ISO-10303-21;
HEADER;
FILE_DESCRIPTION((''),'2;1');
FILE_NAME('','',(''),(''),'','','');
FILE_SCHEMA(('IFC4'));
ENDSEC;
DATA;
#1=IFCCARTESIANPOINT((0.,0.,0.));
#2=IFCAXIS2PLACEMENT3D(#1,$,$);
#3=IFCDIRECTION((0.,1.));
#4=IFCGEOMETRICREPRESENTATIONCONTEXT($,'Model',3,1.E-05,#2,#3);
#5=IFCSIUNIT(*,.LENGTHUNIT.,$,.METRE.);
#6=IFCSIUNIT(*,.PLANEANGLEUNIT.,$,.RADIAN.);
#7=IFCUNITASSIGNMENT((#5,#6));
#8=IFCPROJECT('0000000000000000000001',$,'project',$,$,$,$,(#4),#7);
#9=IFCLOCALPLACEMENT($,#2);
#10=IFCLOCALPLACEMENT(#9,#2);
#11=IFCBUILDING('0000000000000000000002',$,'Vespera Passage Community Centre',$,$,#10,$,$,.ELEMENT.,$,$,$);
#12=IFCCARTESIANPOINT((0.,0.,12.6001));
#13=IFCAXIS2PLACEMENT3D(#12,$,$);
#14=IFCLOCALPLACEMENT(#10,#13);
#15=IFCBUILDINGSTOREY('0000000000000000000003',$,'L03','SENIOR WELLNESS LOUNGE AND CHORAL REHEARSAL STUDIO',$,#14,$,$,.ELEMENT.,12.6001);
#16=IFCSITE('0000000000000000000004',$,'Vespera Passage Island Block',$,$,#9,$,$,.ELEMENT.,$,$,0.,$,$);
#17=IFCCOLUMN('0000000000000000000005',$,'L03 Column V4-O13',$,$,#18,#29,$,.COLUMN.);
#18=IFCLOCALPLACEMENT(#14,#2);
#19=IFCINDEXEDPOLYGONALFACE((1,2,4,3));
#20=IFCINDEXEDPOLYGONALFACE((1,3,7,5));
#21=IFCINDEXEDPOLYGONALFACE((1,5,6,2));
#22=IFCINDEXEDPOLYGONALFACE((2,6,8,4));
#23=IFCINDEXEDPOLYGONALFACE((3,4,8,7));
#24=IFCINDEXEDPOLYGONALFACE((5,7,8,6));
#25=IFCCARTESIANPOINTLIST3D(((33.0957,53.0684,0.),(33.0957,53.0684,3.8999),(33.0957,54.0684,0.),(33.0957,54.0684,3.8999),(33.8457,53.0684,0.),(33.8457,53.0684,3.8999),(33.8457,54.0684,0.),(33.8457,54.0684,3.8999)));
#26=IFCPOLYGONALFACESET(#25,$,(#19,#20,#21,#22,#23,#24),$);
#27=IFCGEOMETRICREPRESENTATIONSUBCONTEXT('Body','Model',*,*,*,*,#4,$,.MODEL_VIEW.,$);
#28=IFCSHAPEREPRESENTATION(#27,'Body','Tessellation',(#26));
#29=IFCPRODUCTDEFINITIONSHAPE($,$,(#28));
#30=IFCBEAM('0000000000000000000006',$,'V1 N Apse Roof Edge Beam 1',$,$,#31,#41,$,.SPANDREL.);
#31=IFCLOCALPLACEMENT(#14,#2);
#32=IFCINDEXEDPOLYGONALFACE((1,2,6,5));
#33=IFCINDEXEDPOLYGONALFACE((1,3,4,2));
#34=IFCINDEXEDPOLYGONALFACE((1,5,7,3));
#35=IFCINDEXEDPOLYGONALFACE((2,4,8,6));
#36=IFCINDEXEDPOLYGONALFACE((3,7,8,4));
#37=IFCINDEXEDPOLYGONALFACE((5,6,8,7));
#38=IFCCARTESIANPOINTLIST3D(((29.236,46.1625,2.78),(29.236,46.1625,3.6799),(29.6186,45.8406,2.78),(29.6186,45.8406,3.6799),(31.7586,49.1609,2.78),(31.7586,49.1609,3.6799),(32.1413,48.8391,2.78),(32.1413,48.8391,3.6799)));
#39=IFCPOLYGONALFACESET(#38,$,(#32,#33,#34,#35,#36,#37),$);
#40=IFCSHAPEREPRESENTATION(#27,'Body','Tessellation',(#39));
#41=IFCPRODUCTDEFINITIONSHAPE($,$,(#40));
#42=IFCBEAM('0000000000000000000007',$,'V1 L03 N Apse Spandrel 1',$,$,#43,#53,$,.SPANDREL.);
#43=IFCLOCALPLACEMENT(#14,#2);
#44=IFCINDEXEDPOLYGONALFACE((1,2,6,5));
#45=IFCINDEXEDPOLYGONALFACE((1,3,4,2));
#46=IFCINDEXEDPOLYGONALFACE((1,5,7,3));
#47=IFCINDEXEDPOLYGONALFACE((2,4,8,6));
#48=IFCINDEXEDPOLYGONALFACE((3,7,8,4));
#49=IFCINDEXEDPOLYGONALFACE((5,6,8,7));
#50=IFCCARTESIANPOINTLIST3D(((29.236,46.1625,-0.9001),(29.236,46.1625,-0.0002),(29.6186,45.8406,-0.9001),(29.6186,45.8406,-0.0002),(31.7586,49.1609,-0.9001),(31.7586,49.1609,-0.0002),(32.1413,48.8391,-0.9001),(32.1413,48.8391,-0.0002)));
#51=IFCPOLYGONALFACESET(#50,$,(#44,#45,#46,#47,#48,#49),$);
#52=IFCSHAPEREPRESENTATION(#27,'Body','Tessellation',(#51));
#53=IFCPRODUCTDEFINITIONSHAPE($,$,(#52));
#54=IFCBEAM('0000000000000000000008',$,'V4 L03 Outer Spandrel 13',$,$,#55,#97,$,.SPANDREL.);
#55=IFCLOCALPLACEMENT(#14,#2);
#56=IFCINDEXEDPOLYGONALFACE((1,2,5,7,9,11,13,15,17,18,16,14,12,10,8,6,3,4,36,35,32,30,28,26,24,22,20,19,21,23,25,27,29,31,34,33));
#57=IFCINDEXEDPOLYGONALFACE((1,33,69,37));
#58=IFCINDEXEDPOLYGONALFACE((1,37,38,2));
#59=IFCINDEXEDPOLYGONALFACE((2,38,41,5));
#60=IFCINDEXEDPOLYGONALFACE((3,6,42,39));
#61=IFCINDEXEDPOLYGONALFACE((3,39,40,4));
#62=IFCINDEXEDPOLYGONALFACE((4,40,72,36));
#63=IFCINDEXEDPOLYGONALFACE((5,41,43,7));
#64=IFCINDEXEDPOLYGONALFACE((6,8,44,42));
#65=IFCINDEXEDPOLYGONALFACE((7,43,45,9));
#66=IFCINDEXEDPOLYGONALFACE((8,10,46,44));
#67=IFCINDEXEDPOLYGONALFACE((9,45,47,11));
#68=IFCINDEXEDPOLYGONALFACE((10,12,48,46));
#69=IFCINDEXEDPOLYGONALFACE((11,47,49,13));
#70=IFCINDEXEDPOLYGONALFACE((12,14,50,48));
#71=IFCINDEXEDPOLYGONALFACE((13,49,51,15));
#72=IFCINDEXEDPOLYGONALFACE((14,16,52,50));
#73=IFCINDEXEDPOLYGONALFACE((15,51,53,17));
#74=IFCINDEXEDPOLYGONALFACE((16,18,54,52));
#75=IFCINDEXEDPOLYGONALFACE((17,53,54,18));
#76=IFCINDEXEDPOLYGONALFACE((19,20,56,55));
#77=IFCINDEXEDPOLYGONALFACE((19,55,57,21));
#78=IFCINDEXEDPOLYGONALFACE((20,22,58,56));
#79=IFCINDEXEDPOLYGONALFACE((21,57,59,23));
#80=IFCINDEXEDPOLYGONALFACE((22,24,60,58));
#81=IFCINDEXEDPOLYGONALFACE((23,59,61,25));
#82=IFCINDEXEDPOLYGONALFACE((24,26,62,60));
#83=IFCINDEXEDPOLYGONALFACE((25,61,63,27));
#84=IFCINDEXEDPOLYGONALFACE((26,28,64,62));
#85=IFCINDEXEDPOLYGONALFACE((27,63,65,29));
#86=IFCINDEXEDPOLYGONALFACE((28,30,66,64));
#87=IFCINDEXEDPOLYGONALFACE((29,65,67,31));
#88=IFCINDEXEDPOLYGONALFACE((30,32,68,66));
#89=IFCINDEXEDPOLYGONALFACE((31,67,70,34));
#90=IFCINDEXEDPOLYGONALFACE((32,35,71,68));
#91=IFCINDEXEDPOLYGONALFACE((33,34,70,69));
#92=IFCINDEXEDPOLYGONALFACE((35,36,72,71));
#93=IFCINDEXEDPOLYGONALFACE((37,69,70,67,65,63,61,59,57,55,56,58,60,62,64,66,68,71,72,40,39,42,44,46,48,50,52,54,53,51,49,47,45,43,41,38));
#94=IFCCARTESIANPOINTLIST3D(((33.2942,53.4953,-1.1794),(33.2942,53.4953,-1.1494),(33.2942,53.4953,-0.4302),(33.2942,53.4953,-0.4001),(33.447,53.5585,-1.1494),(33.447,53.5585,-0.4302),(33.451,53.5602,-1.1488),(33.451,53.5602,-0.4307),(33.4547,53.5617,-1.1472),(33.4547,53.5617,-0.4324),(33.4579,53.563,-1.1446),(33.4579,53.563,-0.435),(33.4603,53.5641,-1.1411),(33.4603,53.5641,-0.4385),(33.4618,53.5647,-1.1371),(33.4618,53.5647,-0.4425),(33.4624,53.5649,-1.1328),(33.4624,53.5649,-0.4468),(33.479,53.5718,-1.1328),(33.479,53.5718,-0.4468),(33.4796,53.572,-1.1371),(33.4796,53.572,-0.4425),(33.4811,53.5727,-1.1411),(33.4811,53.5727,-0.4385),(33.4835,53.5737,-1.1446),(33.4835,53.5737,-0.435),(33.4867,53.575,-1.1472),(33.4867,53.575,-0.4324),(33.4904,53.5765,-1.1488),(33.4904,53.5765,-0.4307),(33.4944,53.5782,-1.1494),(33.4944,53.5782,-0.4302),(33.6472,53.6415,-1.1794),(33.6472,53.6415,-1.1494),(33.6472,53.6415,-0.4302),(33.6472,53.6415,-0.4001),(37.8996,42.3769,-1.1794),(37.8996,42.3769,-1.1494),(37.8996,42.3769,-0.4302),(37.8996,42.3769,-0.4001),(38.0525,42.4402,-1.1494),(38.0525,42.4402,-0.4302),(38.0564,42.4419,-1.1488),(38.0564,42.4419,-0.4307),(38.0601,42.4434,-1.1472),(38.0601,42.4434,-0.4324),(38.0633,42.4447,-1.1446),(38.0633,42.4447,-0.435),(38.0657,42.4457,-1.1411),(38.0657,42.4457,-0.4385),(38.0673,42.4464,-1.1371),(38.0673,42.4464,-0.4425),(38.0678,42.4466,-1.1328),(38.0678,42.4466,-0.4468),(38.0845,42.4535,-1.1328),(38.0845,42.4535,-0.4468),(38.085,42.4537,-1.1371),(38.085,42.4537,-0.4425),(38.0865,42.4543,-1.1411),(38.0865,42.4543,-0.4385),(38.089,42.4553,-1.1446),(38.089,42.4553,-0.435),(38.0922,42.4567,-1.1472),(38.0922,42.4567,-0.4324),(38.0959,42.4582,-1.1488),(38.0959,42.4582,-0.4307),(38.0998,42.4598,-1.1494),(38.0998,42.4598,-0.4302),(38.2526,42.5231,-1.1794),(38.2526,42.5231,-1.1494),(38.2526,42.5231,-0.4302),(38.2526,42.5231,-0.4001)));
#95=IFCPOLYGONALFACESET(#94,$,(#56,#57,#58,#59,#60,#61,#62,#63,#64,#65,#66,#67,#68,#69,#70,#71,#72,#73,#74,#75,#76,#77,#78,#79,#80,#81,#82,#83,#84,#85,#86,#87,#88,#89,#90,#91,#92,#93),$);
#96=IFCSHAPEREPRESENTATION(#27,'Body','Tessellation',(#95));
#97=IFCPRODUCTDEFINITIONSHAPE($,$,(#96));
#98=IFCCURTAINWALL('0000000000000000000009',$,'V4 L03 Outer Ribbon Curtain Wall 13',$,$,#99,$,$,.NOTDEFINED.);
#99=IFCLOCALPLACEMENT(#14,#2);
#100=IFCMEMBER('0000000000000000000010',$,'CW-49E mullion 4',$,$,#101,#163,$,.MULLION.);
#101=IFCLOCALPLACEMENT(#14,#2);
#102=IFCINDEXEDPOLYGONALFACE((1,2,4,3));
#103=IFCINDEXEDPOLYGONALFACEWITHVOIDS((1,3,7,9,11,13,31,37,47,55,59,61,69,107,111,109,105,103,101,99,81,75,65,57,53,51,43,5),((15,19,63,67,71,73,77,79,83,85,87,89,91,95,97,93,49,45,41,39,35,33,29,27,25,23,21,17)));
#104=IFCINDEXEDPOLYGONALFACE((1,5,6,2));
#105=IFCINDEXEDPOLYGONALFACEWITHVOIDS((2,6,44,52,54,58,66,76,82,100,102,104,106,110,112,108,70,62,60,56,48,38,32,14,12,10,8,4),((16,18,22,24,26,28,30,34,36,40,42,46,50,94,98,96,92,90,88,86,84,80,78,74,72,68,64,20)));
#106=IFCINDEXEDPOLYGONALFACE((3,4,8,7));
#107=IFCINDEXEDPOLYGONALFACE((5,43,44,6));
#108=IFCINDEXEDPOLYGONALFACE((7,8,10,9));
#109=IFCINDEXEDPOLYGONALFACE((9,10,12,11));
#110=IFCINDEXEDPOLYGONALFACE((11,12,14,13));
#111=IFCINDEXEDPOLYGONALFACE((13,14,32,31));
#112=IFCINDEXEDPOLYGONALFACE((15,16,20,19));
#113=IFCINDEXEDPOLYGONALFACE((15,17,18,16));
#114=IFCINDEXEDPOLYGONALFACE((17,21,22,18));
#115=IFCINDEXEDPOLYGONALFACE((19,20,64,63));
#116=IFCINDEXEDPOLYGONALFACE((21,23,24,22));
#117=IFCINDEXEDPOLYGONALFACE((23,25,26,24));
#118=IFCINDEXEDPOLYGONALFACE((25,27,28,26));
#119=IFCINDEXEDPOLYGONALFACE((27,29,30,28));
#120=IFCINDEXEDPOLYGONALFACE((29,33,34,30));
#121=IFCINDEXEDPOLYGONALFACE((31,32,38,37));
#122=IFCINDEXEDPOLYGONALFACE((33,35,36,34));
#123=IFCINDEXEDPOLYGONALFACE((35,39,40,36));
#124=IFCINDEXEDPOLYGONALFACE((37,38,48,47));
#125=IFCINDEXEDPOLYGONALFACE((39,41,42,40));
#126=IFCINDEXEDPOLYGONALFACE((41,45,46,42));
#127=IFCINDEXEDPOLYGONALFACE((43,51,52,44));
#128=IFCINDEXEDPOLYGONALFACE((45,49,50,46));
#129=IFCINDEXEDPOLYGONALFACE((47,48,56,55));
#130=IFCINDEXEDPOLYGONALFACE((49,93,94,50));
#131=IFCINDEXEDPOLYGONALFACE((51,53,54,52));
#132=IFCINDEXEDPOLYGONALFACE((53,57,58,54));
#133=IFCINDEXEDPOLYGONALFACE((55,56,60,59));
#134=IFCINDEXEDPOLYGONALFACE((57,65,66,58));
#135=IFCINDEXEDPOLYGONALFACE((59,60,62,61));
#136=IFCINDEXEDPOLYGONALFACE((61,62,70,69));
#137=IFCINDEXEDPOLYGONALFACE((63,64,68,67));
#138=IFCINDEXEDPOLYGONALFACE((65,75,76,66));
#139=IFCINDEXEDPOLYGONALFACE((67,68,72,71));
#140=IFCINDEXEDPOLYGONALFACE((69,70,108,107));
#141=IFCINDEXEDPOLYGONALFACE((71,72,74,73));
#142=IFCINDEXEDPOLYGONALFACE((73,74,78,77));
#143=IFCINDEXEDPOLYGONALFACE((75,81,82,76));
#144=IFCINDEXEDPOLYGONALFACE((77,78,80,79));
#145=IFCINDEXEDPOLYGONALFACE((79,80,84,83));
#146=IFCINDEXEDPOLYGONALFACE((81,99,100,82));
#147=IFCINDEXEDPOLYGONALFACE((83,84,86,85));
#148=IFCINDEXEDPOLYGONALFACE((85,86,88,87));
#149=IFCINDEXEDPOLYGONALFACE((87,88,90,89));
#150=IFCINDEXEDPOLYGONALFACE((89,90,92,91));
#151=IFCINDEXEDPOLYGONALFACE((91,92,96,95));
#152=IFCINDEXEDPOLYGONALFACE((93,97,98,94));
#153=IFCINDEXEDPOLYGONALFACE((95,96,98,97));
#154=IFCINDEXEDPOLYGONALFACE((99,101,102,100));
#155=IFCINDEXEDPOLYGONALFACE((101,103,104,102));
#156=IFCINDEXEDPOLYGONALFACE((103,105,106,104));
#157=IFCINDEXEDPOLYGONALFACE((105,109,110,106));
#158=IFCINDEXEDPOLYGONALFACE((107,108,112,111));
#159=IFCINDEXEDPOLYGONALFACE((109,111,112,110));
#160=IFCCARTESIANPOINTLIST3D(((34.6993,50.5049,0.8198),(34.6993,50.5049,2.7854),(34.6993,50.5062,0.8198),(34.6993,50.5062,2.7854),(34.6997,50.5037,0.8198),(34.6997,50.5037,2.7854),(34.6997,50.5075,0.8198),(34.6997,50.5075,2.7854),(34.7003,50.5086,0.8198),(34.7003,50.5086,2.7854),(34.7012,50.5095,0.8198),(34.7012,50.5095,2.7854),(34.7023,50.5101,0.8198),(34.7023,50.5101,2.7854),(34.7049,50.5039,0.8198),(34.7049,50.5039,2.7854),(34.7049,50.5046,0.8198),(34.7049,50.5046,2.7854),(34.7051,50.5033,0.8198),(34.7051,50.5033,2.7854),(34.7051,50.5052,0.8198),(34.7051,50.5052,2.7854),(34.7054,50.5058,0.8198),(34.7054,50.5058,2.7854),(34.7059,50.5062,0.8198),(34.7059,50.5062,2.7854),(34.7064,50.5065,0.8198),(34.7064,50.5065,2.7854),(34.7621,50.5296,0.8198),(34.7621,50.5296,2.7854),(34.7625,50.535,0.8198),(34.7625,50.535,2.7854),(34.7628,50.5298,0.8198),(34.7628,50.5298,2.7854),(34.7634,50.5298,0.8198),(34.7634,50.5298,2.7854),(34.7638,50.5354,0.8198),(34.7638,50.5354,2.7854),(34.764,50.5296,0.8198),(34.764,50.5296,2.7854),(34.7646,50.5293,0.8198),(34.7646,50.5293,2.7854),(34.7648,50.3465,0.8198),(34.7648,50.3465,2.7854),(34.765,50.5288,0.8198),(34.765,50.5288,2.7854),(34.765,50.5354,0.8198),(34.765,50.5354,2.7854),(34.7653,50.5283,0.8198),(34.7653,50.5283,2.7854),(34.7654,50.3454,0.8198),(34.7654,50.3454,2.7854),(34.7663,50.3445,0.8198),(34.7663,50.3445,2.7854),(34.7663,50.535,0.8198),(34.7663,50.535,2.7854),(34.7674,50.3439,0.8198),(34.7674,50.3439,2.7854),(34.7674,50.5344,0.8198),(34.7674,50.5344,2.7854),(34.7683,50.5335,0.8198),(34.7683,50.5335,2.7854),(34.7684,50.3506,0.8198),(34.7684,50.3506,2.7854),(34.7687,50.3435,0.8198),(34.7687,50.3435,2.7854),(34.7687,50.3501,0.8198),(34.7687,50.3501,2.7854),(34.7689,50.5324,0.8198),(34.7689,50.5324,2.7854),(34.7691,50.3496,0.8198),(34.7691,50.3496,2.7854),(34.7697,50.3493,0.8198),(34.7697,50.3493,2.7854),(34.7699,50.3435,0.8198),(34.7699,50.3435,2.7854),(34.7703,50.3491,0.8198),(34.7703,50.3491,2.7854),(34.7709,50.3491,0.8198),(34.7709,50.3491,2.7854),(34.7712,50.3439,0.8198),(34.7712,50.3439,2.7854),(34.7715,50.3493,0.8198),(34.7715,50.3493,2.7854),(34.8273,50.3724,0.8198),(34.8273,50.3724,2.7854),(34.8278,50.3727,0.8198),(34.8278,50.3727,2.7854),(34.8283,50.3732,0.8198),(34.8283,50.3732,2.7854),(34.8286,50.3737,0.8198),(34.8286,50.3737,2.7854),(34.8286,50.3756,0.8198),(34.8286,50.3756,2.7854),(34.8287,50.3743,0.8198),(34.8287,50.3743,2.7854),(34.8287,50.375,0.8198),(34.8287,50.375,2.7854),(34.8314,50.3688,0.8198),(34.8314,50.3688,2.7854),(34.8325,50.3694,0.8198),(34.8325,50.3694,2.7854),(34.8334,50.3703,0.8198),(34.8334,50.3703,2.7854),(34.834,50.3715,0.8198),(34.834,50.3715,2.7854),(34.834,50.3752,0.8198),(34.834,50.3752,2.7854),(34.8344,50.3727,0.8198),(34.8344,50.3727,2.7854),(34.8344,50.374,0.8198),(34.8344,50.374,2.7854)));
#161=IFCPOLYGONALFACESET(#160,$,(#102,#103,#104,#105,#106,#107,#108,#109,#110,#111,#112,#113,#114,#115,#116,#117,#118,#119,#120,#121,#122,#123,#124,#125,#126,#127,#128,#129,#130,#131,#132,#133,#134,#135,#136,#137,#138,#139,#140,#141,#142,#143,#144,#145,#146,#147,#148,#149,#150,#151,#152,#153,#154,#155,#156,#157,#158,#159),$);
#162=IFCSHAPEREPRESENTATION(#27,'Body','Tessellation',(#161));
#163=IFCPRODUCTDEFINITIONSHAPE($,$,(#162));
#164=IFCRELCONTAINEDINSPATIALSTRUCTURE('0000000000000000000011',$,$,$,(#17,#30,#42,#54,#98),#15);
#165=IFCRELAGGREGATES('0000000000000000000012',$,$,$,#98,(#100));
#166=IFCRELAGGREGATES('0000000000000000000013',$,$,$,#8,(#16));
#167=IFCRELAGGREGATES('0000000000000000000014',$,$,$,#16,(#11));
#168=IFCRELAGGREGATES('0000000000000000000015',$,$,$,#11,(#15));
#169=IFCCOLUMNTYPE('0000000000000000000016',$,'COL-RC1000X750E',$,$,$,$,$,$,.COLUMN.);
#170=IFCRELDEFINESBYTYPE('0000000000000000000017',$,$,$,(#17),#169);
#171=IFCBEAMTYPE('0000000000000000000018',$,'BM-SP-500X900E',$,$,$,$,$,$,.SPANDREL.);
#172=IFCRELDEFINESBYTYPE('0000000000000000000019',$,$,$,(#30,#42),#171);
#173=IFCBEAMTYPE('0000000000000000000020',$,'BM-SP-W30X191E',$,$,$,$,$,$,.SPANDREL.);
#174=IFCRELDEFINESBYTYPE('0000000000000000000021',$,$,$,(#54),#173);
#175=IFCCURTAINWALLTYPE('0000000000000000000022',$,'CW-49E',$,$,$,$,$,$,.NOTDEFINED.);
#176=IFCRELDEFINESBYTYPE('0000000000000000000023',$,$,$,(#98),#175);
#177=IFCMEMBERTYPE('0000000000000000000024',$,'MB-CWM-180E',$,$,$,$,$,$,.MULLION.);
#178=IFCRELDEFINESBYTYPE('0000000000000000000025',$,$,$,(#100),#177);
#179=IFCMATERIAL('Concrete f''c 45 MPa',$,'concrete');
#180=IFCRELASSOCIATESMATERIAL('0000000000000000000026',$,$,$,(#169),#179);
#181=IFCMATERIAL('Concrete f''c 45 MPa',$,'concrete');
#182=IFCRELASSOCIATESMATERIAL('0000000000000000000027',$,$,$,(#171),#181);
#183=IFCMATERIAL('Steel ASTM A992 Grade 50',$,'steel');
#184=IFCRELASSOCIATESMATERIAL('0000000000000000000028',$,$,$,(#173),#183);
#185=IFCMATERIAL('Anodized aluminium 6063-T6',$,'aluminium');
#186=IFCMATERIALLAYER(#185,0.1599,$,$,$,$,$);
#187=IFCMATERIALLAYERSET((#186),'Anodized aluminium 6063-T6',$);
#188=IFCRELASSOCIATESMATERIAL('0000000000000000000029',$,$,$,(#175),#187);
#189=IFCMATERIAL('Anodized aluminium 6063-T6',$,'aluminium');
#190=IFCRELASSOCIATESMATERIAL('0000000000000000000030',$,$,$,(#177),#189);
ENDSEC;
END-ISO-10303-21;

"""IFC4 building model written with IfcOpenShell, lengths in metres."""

from ifc_helpers import new_model, si_unit, direction, frame, origin, origin_2d, place, context, subcontext, project, spatial, rectangle, hollow_rectangle, i_section, extrude, material, layer, layer_set, material_profile, profile_set, type_object, element, aggregate, save


model = new_model("IFC4")

# Units and contexts
model_context = context("Model", 3, precision=1e-05, world=origin(), true_north=direction((0.0, 1.0)))
body_context = subcontext(model_context, "Body", "Model", "MODEL_VIEW")
ifc_project = project(units=[si_unit("LENGTHUNIT", "METRE"), si_unit("PLANEANGLEUNIT", "RADIAN")], contexts=[model_context])

# Site, building, storey
site_placement = place(None, origin())
site = spatial("IfcSite", under=ifc_project, at=site_placement, Name="Vespera Passage Island Block", CompositionType="ELEMENT", RefElevation=0.0)
building_placement = place(site_placement, origin())
building = spatial("IfcBuilding", under=site, at=building_placement, Name="Vespera Passage Community Centre", CompositionType="ELEMENT")
storey_placement = place(building_placement, frame((0.0, 0.0, 12.6001)))
storey = spatial("IfcBuildingStorey", under=building, at=storey_placement, Name="L03", Description="SENIOR WELLNESS LOUNGE AND CHORAL REHEARSAL STUDIO", CompositionType="ELEMENT", Elevation=12.6001)

# Column
ifc_material_1 = material(Name="Concrete f'c 45 MPa", Category="concrete")
ifc_material_profile_1 = material_profile(ifc_material_1, rectangle(XDim=0.75, YDim=1.0, at=origin_2d()), Name="RC1000X750")
ifc_profile_set_1 = profile_set([ifc_material_profile_1], Name="Concrete f'c 45 MPa")
column_type = type_object("IfcColumnType", Name="COL-RC1000X750E", PredefinedType="COLUMN", material=ifc_profile_set_1)
column_placement = place(storey_placement, frame((33.4707, 53.5684, 0.0), z_axis=(0.0, 0.0, 1.0), x_axis=(1.0, 0.0, 0.0)))
element("IfcColumn", 1, at=column_placement, inside=storey, type_object=column_type, Name="L03 Column V4-O13", PredefinedType="COLUMN", context=body_context, shape_type="SweptSolid", body=[
    extrude(rectangle(XDim=0.75, YDim=1.0, at=origin_2d()), origin(), (0.0, 0.0, 1.0), 3.8999),
])

# Beams
ifc_material_2 = material(Name="Concrete f'c 45 MPa", Category="concrete")
ifc_material_profile_2 = material_profile(ifc_material_2, rectangle(XDim=0.5, YDim=0.8999, at=origin_2d()), Name="RC500X900")
ifc_profile_set_2 = profile_set([ifc_material_profile_2], Name="Concrete f'c 45 MPa")
beam_type_1 = type_object("IfcBeamType", Name="BM-SP-500X900E", PredefinedType="SPANDREL", material=ifc_profile_set_2)
for number, where, z_axis, x_axis, name in (
    (2, (31.95, 49.0, 3.23), (-0.643781, -0.76521, 0.0), (0.76521, -0.643781, 0.0), "V1 N Apse Roof Edge Beam 1"),
    (3, (31.95, 49.0, -0.4502), (-0.643781, -0.76521, 0.0), (0.76521, -0.643781, 0.0), "V1 L03 N Apse Spandrel 1"),
):
    element("IfcBeam", number, at=place(storey_placement, frame(where, z_axis=z_axis, x_axis=x_axis)), inside=storey, type_object=beam_type_1, Name=name, PredefinedType="SPANDREL", context=body_context, shape_type="SweptSolid", body=[
        extrude(rectangle(XDim=0.5, YDim=0.8999, at=origin_2d()), origin(), (0.0, 0.0, 1.0), 3.9185),
    ])
ifc_material_3 = material(Name="Steel ASTM A992 Grade 50", Category="steel")
ifc_material_profile_3 = material_profile(ifc_material_3, i_section(OverallWidth=0.3821, OverallDepth=0.7793, WebThickness=0.0181, FlangeThickness=0.03, FilletRadius=0.0166, at=origin_2d()), Name="W30X191")
ifc_profile_set_3 = profile_set([ifc_material_profile_3], Name="Steel ASTM A992 Grade 50")
beam_type_2 = type_object("IfcBeamType", Name="BM-SP-W30X191E", PredefinedType="SPANDREL", material=ifc_profile_set_3)
beam_placement = place(storey_placement, frame((33.4707, 53.5684, -0.7898), z_axis=(0.382689, -0.923877, 0.0), x_axis=(0.923877, 0.382689, 0.0)))
element("IfcBeam", 4, at=beam_placement, inside=storey, type_object=beam_type_2, Name="V4 L03 Outer Spandrel 13", PredefinedType="SPANDREL", context=body_context, shape_type="SweptSolid", body=[
    extrude(i_section(OverallWidth=0.3821, OverallDepth=0.7793, WebThickness=0.0181, FlangeThickness=0.03, FilletRadius=0.0166, at=origin_2d()), origin(), (0.0, 0.0, 1.0), 12.0344),
])

# Curtain wall, member
ifc_material_4 = material(Name="Anodized aluminium 6063-T6", Category="aluminium")
ifc_layer_1 = layer(ifc_material_4, 0.1599)
ifc_layer_set_1 = layer_set([ifc_layer_1], Name="Anodized aluminium 6063-T6")
curtain_wall_type_1 = type_object("IfcCurtainWallType", Name="CW-49E", PredefinedType="NOTDEFINED", material=ifc_layer_set_1)
curtain_wall_1_placement = place(storey_placement, origin())
curtain_wall_1 = element("IfcCurtainWall", 5, at=curtain_wall_1_placement, inside=storey, type_object=curtain_wall_type_1, Name="V4 L03 Outer Ribbon Curtain Wall 13", PredefinedType="NOTDEFINED")
ifc_material_5 = material(Name="Anodized aluminium 6063-T6", Category="aluminium")
ifc_material_profile_4 = material_profile(ifc_material_5, hollow_rectangle(XDim=0.075, YDim=0.1799, WallThickness=0.0049, InnerFilletRadius=0.0024, OuterFilletRadius=0.0049, at=origin_2d()), Name="ALU180X75X5")
ifc_profile_set_4 = profile_set([ifc_material_profile_4], Name="Anodized aluminium 6063-T6")
member_type_1 = type_object("IfcMemberType", Name="MB-CWM-180E", PredefinedType="MULLION", material=ifc_profile_set_4)
member_1_placement = place(storey_placement, frame((34.7668, 50.4395, 0.8198), z_axis=(0.0, 0.0, 1.0), x_axis=(-0.923881, -0.382679, 0.0)))
member_1 = element("IfcMember", 6, at=member_1_placement, type_object=member_type_1, Name="CW-49E mullion 4", PredefinedType="MULLION", context=body_context, shape_type="SweptSolid", body=[
    extrude(hollow_rectangle(XDim=0.075, YDim=0.1799, WallThickness=0.0049, InnerFilletRadius=0.0024, OuterFilletRadius=0.0049, at=origin_2d()), origin(), (0.0, 0.0, 1.0), 1.9656),
])

aggregate(curtain_wall_1, [member_1])

save(model, "model.ifc")
